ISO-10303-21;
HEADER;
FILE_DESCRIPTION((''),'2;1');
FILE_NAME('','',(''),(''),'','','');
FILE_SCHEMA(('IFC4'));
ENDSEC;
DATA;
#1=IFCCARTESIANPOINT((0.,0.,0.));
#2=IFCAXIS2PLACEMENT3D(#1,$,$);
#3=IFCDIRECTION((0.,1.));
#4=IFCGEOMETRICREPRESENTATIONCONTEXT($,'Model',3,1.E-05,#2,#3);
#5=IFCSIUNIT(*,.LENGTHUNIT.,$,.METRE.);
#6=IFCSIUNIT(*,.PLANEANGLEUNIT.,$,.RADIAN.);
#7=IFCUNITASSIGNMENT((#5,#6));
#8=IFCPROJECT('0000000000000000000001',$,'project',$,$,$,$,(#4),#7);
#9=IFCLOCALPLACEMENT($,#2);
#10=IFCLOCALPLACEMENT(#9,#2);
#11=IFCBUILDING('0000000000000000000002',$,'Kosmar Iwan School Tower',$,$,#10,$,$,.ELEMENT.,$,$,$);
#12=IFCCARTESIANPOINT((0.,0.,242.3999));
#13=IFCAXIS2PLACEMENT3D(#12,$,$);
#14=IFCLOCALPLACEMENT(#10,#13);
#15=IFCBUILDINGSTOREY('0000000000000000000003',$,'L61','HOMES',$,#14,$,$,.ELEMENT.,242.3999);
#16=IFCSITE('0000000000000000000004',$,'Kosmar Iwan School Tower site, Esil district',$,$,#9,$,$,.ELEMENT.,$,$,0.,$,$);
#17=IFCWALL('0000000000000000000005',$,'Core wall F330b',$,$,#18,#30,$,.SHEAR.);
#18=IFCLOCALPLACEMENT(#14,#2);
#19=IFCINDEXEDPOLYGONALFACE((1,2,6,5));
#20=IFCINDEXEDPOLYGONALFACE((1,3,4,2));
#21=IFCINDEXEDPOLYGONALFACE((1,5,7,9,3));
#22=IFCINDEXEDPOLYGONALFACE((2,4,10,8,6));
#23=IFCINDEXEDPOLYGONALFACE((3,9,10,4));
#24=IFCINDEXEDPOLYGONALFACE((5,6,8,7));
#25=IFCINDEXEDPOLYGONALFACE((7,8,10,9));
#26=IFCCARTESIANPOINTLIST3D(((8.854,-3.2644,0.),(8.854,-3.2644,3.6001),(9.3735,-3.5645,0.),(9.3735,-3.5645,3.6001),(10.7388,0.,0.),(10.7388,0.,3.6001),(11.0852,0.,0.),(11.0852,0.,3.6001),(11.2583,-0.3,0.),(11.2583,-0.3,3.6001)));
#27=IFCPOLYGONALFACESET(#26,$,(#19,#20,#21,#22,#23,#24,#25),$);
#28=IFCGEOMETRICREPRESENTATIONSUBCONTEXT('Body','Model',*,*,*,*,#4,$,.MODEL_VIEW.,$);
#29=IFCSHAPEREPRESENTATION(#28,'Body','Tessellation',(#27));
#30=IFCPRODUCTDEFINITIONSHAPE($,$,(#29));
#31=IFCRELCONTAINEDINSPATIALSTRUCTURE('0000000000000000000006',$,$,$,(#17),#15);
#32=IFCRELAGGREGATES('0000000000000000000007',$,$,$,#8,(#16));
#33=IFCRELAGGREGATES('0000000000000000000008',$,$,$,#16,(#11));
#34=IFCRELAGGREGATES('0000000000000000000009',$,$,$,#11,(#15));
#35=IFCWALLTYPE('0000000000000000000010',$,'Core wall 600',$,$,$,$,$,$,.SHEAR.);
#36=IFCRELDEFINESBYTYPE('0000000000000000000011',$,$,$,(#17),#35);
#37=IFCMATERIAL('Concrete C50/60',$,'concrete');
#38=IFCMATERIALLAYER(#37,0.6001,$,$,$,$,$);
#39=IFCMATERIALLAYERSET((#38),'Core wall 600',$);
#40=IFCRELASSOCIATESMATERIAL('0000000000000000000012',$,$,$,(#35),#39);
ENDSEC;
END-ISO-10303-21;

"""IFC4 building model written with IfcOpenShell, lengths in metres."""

from ifc_helpers import new_model, si_unit, direction, frame, origin, place, context, subcontext, project, spatial, polyline, outline, extrude, material, layer, layer_set, type_object, element, save


model = new_model("IFC4")

# Units and contexts
model_context = context("Model", 3, precision=1e-05, world=origin(), true_north=direction((0.0, 1.0)))
body_context = subcontext(model_context, "Body", "Model", "MODEL_VIEW")
ifc_project = project(units=[si_unit("LENGTHUNIT", "METRE"), si_unit("PLANEANGLEUNIT", "RADIAN")], contexts=[model_context])

# Site, building, storey
site_placement = place(None, origin())
site = spatial("IfcSite", under=ifc_project, at=site_placement, Name="Kosmar Iwan School Tower site, Esil district", CompositionType="ELEMENT", RefElevation=0.0)
building_placement = place(site_placement, origin())
building = spatial("IfcBuilding", under=site, at=building_placement, Name="Kosmar Iwan School Tower", CompositionType="ELEMENT")
storey_placement = place(building_placement, frame((0.0, 0.0, 242.3999)))
storey = spatial("IfcBuildingStorey", under=building, at=storey_placement, Name="L61", Description="HOMES", CompositionType="ELEMENT", Elevation=242.3999)

# Wall
ifc_material_1 = material(Name="Concrete C50/60", Category="concrete")
ifc_layer_1 = layer(ifc_material_1, 0.6001)
ifc_layer_set_1 = layer_set([ifc_layer_1], Name="Core wall 600")
wall_type = type_object("IfcWallType", Name="Core wall 600", PredefinedType="SHEAR", material=ifc_layer_set_1)
wall_1_placement = place(storey_placement, origin())
element("IfcWall", 1, at=wall_1_placement, inside=storey, type_object=wall_type, Name="Core wall F330b", PredefinedType="SHEAR", context=body_context, shape_type="SweptSolid", body=[
    extrude(outline(polyline([(9.3735, -3.5645), (11.2583, -0.3), (11.0852, 0.0), (10.7388, 0.0), (8.854, -3.2644), (9.3735, -3.5645)])), origin(), (0.0, 0.0, 1.0), 3.6001),
])

save(model, "model.ifc")
